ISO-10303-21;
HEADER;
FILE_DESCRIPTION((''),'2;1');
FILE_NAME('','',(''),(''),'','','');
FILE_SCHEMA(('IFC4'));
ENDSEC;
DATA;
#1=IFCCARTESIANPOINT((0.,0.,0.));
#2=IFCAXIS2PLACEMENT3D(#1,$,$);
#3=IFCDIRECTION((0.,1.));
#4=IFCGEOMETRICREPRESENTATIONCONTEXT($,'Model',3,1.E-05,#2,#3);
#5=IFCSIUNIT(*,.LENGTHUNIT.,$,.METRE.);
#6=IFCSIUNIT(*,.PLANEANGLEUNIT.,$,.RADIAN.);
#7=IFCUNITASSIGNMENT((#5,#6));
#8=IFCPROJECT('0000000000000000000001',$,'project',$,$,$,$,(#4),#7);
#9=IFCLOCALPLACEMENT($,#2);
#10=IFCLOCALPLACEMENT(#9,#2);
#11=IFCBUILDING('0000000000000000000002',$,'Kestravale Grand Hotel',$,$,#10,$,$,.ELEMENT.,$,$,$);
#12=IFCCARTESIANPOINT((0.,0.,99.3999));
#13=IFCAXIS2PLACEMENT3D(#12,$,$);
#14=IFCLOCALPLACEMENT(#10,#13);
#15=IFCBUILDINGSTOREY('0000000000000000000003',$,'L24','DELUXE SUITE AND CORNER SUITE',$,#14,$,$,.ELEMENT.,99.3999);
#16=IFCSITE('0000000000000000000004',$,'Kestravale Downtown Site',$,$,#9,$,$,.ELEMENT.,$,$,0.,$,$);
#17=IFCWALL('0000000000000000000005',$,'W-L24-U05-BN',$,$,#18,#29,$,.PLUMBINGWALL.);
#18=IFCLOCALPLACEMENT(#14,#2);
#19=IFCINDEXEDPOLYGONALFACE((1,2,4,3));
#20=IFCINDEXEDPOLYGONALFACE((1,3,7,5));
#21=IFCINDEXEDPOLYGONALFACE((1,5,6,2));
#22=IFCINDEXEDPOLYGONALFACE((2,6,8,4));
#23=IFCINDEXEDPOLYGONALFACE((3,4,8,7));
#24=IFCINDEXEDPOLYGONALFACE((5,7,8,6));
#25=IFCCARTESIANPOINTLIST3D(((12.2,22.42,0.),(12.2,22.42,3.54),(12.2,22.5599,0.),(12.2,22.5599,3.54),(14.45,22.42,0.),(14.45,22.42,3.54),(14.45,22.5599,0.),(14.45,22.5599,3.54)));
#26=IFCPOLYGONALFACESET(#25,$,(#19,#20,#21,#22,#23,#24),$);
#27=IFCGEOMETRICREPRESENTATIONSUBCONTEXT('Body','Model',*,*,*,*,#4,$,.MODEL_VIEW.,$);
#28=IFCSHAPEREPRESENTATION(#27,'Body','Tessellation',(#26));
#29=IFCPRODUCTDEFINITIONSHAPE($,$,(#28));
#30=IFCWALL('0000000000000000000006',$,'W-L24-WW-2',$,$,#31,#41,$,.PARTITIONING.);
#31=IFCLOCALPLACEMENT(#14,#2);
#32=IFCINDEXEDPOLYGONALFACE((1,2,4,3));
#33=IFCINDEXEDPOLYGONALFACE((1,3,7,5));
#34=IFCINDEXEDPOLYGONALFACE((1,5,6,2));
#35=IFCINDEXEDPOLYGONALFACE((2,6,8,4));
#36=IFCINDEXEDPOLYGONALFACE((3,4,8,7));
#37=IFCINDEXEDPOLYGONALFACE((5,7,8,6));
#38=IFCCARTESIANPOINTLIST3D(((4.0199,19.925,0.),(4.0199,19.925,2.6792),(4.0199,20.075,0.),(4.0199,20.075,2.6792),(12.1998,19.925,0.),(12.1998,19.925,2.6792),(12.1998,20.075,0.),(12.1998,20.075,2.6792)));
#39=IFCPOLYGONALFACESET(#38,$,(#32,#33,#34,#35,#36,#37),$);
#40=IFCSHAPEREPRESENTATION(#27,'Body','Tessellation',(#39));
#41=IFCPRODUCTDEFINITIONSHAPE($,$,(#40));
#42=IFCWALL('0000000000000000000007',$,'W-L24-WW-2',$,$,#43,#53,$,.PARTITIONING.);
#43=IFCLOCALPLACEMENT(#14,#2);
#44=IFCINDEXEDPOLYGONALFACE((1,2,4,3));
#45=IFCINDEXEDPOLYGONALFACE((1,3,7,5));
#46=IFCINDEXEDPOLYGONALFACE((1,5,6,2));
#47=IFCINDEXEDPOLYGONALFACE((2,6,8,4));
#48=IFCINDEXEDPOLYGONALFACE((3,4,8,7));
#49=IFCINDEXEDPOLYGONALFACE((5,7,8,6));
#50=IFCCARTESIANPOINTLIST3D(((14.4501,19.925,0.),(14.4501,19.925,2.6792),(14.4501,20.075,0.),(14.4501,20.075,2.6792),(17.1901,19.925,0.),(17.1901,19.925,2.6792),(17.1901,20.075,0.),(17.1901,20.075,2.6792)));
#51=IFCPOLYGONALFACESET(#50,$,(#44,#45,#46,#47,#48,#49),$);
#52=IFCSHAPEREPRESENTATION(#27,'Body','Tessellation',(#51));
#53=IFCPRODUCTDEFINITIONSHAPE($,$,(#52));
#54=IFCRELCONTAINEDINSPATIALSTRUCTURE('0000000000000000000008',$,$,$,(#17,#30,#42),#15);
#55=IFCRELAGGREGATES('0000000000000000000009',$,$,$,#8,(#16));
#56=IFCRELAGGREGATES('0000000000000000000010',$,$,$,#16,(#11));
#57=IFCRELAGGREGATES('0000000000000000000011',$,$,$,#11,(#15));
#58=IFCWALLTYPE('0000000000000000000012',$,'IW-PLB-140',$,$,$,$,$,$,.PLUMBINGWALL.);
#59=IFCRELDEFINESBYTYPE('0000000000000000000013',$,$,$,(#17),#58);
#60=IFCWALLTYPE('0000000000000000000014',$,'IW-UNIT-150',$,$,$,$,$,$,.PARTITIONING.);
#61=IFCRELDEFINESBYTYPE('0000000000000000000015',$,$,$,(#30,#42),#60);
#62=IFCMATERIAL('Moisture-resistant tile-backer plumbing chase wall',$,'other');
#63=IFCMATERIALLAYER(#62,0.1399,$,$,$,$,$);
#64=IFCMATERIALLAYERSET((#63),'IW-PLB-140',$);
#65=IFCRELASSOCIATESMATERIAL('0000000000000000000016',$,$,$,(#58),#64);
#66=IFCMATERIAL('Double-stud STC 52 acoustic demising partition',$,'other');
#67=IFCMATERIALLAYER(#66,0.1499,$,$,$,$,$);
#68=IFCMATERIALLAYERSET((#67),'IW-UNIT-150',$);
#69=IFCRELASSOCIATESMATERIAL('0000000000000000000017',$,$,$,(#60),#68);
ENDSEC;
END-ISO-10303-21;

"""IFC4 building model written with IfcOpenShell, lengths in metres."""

from ifc_helpers import new_model, si_unit, direction, frame, frame_2d, origin, place, context, subcontext, project, spatial, rectangle, extrude, material, layer, layer_set, type_object, element, save


model = new_model("IFC4")

# Units and contexts
model_context = context("Model", 3, precision=1e-05, world=origin(), true_north=direction((0.0, 1.0)))
body_context = subcontext(model_context, "Body", "Model", "MODEL_VIEW")
ifc_project = project(units=[si_unit("LENGTHUNIT", "METRE"), si_unit("PLANEANGLEUNIT", "RADIAN")], contexts=[model_context])

# Site, building, storey
site_placement = place(None, origin())
site = spatial("IfcSite", under=ifc_project, at=site_placement, Name="Kestravale Downtown Site", CompositionType="ELEMENT", RefElevation=0.0)
building_placement = place(site_placement, origin())
building = spatial("IfcBuilding", under=site, at=building_placement, Name="Kestravale Grand Hotel", CompositionType="ELEMENT")
storey_placement = place(building_placement, frame((0.0, 0.0, 99.3999)))
storey = spatial("IfcBuildingStorey", under=building, at=storey_placement, Name="L24", Description="DELUXE SUITE AND CORNER SUITE", CompositionType="ELEMENT", Elevation=99.3999)

# Shared definitions
ifc_material_1 = material(Name="Moisture-resistant tile-backer plumbing chase wall", Category="other")
ifc_layer_1 = layer(ifc_material_1, 0.1399)
ifc_layer_set_1 = layer_set([ifc_layer_1], Name="IW-PLB-140")
wall_type_1 = type_object("IfcWallType", Name="IW-PLB-140", PredefinedType="PLUMBINGWALL", material=ifc_layer_set_1)

# Walls
wall_1_placement = place(storey_placement, frame((12.2, 22.49, 0.0), z_axis=(0.0, 0.0, 1.0), x_axis=(1.0, 0.0, 0.0)))
element("IfcWall", 1, at=wall_1_placement, inside=storey, type_object=wall_type_1, Name="W-L24-U05-BN", PredefinedType="PLUMBINGWALL", context=body_context, shape_type="SweptSolid", body=[
    extrude(rectangle(XDim=2.25, YDim=0.1399, at=frame_2d((1.125, 0.0))), origin(), (0.0, 0.0, 1.0), 3.54),
])
ifc_material_2 = material(Name="Double-stud STC 52 acoustic demising partition", Category="other")
ifc_layer_2 = layer(ifc_material_2, 0.1499)
ifc_layer_set_2 = layer_set([ifc_layer_2], Name="IW-UNIT-150")
wall_type_2 = type_object("IfcWallType", Name="IW-UNIT-150", PredefinedType="PARTITIONING", material=ifc_layer_set_2)
wall_2_placement = place(storey_placement, frame((4.02, 20.0, 0.0), z_axis=(0.0, 0.0, 1.0), x_axis=(1.0, 0.0, 0.0)))
element("IfcWall", 2, at=wall_2_placement, inside=storey, type_object=wall_type_2, Name="W-L24-WW-2", PredefinedType="PARTITIONING", context=body_context, shape_type="SweptSolid", body=[
    extrude(rectangle(XDim=8.1799, YDim=0.1499, at=frame_2d((4.0898, 0.0))), origin(), (0.0, 0.0, 1.0), 2.6792),
])
wall_3_placement = place(storey_placement, frame((14.45, 20.0, 0.0), z_axis=(0.0, 0.0, 1.0), x_axis=(1.0, 0.0, 0.0)))
element("IfcWall", 3, at=wall_3_placement, inside=storey, type_object=wall_type_2, Name="W-L24-WW-2", PredefinedType="PARTITIONING", context=body_context, shape_type="SweptSolid", body=[
    extrude(rectangle(XDim=2.74, YDim=0.1499, at=frame_2d((1.3701, 0.0))), origin(), (0.0, 0.0, 1.0), 2.6792),
])

save(model, "model.ifc")
